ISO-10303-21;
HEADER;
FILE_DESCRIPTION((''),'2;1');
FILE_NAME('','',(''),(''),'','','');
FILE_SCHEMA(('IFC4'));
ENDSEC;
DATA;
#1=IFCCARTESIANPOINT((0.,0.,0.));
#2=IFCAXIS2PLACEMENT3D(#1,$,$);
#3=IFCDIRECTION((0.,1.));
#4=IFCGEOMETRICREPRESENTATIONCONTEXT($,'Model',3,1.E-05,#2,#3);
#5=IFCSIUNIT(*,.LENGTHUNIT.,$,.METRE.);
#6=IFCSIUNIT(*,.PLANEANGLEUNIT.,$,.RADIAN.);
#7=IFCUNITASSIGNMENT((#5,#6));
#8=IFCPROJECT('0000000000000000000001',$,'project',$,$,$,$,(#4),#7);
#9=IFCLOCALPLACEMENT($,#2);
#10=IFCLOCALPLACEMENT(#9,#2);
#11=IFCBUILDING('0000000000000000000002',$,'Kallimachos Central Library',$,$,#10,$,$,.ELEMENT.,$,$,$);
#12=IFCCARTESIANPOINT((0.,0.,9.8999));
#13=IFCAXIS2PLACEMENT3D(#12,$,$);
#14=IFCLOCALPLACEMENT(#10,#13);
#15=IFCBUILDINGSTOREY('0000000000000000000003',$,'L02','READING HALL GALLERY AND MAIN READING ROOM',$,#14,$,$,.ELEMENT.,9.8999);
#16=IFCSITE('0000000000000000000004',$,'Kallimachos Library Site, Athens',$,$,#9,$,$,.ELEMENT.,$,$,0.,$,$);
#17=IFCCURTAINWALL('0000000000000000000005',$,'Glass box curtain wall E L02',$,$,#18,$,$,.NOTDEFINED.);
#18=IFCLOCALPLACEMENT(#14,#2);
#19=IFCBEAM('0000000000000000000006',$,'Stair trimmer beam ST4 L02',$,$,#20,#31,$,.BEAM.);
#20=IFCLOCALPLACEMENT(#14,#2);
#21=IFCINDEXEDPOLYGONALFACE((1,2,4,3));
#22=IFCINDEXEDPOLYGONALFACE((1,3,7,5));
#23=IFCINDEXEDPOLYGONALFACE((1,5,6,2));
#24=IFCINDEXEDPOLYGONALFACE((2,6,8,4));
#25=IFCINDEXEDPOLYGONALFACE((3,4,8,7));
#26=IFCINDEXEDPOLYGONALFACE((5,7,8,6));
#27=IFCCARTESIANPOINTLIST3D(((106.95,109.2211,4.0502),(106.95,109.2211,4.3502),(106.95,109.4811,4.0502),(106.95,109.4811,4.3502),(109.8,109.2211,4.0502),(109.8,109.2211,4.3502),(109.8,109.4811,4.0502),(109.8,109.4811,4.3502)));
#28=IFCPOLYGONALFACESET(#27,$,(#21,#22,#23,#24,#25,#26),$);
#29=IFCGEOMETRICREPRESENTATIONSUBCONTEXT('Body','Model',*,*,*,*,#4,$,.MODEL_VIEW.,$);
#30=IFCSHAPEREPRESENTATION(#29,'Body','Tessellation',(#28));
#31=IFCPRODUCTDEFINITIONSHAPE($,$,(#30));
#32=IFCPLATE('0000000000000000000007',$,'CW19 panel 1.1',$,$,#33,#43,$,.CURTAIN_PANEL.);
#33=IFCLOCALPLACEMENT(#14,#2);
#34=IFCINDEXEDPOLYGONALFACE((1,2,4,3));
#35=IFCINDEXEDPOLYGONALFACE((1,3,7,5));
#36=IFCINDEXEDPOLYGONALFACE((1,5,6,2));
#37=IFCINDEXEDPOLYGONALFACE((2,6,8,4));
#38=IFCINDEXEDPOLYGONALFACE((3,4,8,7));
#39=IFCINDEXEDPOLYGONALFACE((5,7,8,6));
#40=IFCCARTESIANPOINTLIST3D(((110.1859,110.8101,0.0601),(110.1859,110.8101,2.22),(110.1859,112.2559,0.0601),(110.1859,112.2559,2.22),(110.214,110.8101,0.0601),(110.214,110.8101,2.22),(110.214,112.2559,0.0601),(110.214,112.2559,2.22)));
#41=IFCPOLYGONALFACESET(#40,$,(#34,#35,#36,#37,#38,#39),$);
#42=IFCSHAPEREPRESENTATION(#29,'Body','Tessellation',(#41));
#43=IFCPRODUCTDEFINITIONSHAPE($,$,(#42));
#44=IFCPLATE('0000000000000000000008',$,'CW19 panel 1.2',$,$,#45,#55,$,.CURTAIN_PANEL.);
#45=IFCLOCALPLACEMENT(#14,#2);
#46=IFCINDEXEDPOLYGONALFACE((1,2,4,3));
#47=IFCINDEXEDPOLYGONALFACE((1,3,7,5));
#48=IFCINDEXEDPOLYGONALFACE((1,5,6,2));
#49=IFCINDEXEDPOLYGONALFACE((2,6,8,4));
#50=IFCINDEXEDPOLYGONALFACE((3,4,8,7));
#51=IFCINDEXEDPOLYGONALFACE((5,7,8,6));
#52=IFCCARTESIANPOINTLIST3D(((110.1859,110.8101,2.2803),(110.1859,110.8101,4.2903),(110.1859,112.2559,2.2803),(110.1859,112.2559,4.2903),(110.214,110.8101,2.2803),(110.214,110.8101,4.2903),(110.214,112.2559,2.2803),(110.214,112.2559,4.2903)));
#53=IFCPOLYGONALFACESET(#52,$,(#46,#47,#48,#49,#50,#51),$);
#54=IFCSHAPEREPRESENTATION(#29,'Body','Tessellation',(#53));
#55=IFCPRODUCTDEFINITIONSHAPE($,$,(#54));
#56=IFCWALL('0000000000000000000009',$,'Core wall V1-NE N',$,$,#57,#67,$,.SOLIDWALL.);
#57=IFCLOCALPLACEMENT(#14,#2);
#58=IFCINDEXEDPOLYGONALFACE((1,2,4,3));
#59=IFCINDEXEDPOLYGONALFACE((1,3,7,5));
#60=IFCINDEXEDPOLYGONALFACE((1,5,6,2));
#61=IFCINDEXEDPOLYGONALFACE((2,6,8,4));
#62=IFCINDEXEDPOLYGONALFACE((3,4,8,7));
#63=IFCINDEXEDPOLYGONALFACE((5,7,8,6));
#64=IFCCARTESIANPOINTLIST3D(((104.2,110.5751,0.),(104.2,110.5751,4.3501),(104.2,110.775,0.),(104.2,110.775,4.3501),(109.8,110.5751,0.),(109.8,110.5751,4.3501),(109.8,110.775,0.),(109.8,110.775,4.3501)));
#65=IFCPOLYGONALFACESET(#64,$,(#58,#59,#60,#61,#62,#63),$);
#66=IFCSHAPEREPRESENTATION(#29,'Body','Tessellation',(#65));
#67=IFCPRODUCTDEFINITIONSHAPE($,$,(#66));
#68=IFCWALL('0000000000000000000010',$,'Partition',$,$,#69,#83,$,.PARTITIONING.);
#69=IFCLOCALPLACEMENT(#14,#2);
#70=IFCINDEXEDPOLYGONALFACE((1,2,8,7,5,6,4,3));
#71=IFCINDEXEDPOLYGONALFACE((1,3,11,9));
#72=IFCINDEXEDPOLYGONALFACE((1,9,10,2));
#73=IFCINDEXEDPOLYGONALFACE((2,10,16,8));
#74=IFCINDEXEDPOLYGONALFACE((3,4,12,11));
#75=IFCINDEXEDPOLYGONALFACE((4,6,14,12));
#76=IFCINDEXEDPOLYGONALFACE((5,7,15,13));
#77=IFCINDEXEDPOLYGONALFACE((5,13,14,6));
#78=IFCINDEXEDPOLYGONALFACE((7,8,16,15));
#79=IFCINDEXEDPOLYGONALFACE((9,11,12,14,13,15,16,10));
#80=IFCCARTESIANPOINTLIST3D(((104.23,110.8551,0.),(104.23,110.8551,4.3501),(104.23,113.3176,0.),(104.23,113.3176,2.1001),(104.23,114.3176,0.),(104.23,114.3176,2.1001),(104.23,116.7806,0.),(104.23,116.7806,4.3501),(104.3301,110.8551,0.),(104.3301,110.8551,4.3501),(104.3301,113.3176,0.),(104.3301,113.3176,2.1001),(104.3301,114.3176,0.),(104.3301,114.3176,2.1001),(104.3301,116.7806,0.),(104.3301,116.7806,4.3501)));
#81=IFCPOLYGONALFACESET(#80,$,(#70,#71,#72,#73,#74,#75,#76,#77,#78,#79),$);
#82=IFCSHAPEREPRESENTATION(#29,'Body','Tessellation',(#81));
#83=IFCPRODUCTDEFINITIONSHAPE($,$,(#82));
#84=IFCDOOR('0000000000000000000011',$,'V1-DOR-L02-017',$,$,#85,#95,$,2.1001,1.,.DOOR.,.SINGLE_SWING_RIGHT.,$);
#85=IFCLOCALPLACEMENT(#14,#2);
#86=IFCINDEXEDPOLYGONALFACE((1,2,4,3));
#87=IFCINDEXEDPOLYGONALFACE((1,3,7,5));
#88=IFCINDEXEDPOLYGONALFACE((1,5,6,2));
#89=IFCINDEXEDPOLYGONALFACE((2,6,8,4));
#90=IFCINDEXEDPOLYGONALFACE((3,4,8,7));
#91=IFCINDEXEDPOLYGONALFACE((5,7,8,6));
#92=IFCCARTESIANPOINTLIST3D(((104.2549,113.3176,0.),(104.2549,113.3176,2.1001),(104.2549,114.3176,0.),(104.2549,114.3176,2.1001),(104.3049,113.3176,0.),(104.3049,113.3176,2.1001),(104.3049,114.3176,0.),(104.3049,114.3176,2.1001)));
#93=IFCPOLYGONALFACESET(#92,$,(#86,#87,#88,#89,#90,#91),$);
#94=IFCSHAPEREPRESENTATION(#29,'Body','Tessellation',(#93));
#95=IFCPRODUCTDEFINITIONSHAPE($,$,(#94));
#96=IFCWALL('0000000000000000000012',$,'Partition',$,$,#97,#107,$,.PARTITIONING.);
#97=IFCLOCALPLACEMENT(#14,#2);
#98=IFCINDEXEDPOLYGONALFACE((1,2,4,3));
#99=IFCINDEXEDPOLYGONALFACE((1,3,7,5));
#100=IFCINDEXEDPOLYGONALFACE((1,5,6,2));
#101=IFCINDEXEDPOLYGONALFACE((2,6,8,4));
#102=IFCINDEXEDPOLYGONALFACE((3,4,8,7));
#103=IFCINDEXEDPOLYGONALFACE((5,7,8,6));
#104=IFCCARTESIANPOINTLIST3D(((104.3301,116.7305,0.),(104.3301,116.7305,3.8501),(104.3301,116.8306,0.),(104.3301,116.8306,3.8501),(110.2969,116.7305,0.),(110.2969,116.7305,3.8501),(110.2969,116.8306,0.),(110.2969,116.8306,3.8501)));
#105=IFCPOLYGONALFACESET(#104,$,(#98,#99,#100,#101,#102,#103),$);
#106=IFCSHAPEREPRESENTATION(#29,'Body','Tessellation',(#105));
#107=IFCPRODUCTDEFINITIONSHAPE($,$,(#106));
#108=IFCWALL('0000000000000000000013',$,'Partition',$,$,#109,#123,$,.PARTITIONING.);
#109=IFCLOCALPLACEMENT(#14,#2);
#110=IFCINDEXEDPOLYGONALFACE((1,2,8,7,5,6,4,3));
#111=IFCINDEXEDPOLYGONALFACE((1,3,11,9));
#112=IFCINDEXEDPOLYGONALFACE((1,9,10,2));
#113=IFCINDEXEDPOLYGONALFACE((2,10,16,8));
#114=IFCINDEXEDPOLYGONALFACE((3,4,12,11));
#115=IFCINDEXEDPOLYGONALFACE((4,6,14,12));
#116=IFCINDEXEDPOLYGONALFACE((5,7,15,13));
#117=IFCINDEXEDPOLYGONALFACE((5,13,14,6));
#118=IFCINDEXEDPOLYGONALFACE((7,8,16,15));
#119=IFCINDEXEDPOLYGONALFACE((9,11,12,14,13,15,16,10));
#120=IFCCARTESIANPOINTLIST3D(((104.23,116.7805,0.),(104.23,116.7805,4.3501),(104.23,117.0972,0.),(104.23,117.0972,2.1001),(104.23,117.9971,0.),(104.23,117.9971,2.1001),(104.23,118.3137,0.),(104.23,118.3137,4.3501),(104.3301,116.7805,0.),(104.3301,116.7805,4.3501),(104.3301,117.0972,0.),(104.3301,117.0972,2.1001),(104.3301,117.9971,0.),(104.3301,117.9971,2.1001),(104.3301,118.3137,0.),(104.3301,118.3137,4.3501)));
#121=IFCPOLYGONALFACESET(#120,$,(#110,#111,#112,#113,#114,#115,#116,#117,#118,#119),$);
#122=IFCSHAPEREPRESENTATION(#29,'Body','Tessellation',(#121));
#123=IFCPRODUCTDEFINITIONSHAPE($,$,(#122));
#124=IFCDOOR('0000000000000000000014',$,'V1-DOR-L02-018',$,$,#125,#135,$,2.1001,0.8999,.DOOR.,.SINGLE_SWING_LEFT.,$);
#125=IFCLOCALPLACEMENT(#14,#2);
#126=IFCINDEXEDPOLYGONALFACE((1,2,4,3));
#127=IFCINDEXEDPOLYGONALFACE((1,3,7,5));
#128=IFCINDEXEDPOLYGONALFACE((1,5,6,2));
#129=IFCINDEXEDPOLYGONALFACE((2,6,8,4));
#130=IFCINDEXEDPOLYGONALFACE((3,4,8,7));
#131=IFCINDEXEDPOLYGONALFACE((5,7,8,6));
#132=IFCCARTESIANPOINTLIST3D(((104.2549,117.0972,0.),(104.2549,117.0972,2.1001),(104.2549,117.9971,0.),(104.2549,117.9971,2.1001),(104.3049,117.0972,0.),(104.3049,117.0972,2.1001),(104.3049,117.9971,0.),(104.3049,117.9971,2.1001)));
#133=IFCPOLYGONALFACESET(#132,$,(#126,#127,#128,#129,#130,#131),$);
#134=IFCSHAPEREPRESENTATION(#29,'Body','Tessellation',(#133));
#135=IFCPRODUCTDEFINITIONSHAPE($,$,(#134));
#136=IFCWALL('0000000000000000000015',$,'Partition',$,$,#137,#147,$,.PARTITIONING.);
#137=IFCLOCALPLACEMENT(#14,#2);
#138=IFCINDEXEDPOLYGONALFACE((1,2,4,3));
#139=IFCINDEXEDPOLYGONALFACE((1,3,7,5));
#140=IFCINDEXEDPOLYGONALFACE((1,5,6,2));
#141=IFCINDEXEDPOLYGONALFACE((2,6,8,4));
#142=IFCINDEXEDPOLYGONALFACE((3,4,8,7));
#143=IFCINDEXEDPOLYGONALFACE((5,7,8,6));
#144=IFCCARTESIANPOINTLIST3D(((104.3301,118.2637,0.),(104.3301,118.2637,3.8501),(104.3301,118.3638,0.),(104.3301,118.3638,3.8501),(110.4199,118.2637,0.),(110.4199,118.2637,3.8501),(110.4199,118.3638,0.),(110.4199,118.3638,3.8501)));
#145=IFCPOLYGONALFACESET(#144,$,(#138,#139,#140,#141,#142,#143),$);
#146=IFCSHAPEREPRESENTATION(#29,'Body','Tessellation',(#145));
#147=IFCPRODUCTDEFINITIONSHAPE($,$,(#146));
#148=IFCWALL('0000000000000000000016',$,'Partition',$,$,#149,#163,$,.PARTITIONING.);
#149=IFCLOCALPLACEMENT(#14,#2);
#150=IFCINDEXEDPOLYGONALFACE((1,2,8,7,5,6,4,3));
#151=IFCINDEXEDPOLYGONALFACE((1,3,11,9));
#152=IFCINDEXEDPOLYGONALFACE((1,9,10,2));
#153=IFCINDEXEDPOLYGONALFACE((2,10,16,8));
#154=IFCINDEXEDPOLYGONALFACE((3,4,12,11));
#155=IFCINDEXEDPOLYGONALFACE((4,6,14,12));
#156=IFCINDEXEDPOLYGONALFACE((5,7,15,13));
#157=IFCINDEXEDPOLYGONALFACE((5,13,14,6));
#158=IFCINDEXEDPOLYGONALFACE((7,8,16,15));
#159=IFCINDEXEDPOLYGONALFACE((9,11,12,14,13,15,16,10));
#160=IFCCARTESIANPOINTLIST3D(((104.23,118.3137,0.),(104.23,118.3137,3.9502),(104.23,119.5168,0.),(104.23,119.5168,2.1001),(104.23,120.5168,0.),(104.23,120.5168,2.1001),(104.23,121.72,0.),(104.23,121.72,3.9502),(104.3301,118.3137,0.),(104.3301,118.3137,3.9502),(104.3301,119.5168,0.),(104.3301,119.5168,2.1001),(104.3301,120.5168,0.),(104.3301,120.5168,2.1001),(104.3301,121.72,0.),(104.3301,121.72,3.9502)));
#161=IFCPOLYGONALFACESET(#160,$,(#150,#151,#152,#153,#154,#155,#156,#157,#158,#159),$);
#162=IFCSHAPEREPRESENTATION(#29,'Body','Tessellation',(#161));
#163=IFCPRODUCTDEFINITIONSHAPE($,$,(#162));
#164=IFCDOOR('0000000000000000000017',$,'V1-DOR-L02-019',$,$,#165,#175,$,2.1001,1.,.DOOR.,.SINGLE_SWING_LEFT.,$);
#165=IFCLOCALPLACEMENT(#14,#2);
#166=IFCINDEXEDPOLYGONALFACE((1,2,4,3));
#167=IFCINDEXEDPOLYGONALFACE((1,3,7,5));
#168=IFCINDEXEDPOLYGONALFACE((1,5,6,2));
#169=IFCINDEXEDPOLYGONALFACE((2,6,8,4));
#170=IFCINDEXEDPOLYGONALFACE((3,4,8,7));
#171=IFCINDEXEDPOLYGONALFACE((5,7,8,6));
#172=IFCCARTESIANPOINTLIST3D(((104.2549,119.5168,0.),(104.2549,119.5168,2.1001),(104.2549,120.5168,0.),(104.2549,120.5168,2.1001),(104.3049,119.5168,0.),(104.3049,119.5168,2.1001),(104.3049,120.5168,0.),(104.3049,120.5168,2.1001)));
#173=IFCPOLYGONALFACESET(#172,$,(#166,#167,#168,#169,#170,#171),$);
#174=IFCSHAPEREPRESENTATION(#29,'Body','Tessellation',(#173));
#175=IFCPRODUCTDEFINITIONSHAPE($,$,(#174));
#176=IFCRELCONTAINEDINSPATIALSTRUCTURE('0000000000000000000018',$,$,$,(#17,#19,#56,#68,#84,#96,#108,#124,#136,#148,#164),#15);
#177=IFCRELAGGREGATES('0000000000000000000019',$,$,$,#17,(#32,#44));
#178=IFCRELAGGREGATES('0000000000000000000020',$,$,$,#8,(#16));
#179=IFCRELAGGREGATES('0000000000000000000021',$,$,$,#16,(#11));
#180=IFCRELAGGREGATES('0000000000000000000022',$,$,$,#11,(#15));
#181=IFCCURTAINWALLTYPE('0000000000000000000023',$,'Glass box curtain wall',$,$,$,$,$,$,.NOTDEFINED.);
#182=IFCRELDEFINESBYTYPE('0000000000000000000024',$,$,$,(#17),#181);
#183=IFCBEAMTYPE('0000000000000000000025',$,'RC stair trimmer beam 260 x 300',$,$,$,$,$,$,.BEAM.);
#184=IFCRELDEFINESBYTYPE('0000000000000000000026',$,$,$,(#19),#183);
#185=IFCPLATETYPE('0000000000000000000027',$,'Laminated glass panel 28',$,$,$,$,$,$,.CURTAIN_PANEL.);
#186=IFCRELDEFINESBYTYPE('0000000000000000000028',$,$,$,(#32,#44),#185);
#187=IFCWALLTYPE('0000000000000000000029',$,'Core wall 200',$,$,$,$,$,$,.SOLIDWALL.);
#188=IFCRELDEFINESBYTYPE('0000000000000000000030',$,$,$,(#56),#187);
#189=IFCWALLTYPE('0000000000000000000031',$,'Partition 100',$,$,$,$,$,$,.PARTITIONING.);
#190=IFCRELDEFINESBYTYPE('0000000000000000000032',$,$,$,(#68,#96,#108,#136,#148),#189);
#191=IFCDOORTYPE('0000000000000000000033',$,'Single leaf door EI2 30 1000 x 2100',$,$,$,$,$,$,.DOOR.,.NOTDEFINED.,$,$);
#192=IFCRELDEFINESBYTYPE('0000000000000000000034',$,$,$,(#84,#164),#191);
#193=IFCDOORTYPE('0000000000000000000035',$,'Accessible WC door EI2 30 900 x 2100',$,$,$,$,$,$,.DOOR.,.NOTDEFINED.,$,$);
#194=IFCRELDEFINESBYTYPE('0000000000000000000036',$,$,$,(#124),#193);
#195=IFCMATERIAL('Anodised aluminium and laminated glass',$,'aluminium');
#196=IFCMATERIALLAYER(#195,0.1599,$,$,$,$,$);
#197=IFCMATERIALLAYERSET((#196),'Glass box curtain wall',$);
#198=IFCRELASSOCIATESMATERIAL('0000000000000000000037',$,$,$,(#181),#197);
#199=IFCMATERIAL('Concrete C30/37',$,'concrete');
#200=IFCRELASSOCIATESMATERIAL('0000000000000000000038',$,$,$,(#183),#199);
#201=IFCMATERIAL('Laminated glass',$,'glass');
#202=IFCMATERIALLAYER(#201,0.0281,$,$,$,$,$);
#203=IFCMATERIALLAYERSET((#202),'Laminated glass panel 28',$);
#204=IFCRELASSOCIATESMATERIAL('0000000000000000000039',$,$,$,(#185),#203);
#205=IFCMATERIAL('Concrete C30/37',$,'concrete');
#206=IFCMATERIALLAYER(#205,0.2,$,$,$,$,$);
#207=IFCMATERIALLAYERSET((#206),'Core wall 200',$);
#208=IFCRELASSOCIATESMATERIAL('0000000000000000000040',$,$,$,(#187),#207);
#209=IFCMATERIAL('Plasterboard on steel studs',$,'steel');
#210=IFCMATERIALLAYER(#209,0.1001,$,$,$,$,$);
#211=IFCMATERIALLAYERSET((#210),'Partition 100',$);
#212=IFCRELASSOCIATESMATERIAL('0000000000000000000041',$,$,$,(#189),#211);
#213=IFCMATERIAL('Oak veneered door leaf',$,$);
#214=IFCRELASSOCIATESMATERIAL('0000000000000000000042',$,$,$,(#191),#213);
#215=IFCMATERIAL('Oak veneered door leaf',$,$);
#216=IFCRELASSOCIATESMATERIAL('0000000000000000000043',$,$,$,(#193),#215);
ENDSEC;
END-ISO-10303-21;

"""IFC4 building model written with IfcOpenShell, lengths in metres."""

from ifc_helpers import new_model, si_unit, direction, frame, frame_2d, origin, origin_2d, place, context, subcontext, project, spatial, rectangle, extrude, material, layer, layer_set, material_profile, profile_set, type_object, element, fill, aggregate, save


model = new_model("IFC4")

# Units and contexts
model_context = context("Model", 3, precision=1e-05, world=origin(), true_north=direction((0.0, 1.0)))
body_context = subcontext(model_context, "Body", "Model", "MODEL_VIEW")
ifc_project = project(units=[si_unit("LENGTHUNIT", "METRE"), si_unit("PLANEANGLEUNIT", "RADIAN")], contexts=[model_context])

# Site, building, storey
site_placement = place(None, origin())
site = spatial("IfcSite", under=ifc_project, at=site_placement, Name="Kallimachos Library Site, Athens", CompositionType="ELEMENT", RefElevation=0.0)
building_placement = place(site_placement, origin())
building = spatial("IfcBuilding", under=site, at=building_placement, Name="Kallimachos Central Library", CompositionType="ELEMENT")
storey_placement = place(building_placement, frame((0.0, 0.0, 9.8999)))
storey = spatial("IfcBuildingStorey", under=building, at=storey_placement, Name="L02", Description="READING HALL GALLERY AND MAIN READING ROOM", CompositionType="ELEMENT", Elevation=9.8999)

# Curtain wall
ifc_material_1 = material(Name="Anodised aluminium and laminated glass", Category="aluminium")
ifc_layer_1 = layer(ifc_material_1, 0.1599)
ifc_layer_set_1 = layer_set([ifc_layer_1], Name="Glass box curtain wall")
curtain_wall_type = type_object("IfcCurtainWallType", Name="Glass box curtain wall", PredefinedType="NOTDEFINED", material=ifc_layer_set_1)
curtain_wall_placement = place(storey_placement, origin())
curtain_wall = element("IfcCurtainWall", 1, at=curtain_wall_placement, inside=storey, type_object=curtain_wall_type, Name="Glass box curtain wall E L02", PredefinedType="NOTDEFINED")

# Beam
ifc_material_2 = material(Name="Concrete C30/37", Category="concrete")
ifc_material_profile_1 = material_profile(ifc_material_2, rectangle(XDim=0.26, YDim=0.3, at=origin_2d()), Name="RC stair trimmer beam 260 x 300")
ifc_profile_set_1 = profile_set([ifc_material_profile_1], Name="Concrete C30/37")
beam_type_1 = type_object("IfcBeamType", Name="RC stair trimmer beam 260 x 300", PredefinedType="BEAM", material=ifc_profile_set_1)
beam_1_placement = place(storey_placement, frame((106.95, 109.3511, 4.2002), z_axis=(1.0, 0.0, 0.0), x_axis=(0.0, 1.0, 0.0)))
element("IfcBeam", 2, at=beam_1_placement, inside=storey, type_object=beam_type_1, Name="Stair trimmer beam ST4 L02", PredefinedType="BEAM", context=body_context, shape_type="SweptSolid", body=[
    extrude(rectangle(XDim=0.26, YDim=0.3, at=origin_2d()), origin(), (0.0, 0.0, 1.0), 2.8501),
])

# Plates
ifc_material_3 = material(Name="Laminated glass", Category="glass")
ifc_layer_2 = layer(ifc_material_3, 0.0281)
ifc_layer_set_2 = layer_set([ifc_layer_2], Name="Laminated glass panel 28")
plate_type = type_object("IfcPlateType", Name="Laminated glass panel 28", PredefinedType="CURTAIN_PANEL", material=ifc_layer_set_2)
plate_1_placement = place(storey_placement, frame((110.2, 111.533, 0.0601), z_axis=(0.0, 0.0, 1.0), x_axis=(0.0, 1.0, 0.0)))
plate_1 = element("IfcPlate", 3, at=plate_1_placement, type_object=plate_type, Name="CW19 panel 1.1", PredefinedType="CURTAIN_PANEL", context=body_context, shape_type="SweptSolid", body=[
    extrude(rectangle(XDim=1.4458, YDim=0.0281, at=origin_2d()), origin(), (0.0, 0.0, 1.0), 2.1599),
])
plate_2_placement = place(storey_placement, frame((110.2, 111.533, 2.2803), z_axis=(0.0, 0.0, 1.0), x_axis=(0.0, 1.0, 0.0)))
plate_2 = element("IfcPlate", 4, at=plate_2_placement, type_object=plate_type, Name="CW19 panel 1.2", PredefinedType="CURTAIN_PANEL", context=body_context, shape_type="SweptSolid", body=[
    extrude(rectangle(XDim=1.4458, YDim=0.0281, at=origin_2d()), origin(), (0.0, 0.0, 1.0), 2.01),
])
aggregate(curtain_wall, [plate_1, plate_2])

# Wall
ifc_material_4 = material(Name="Concrete C30/37", Category="concrete")
ifc_layer_3 = layer(ifc_material_4, 0.2)
ifc_layer_set_3 = layer_set([ifc_layer_3], Name="Core wall 200")
wall_type_1 = type_object("IfcWallType", Name="Core wall 200", PredefinedType="SOLIDWALL", material=ifc_layer_set_3)
wall_1_placement = place(storey_placement, frame((104.2, 110.675, 0.0), z_axis=(0.0, 0.0, 1.0), x_axis=(1.0, 0.0, 0.0)))
element("IfcWall", 5, at=wall_1_placement, inside=storey, type_object=wall_type_1, Name="Core wall V1-NE N", PredefinedType="SOLIDWALL", context=body_context, shape_type="SweptSolid", body=[
    extrude(rectangle(XDim=5.6001, YDim=0.2, at=frame_2d((2.8, 0.0))), origin(), (0.0, 0.0, 1.0), 4.3501),
])

# Wall, opening, door
ifc_material_5 = material(Name="Plasterboard on steel studs", Category="steel")
ifc_layer_4 = layer(ifc_material_5, 0.1001)
ifc_layer_set_4 = layer_set([ifc_layer_4], Name="Partition 100")
wall_type_2 = type_object("IfcWallType", Name="Partition 100", PredefinedType="PARTITIONING", material=ifc_layer_set_4)
wall_2_placement = place(storey_placement, frame((104.28, 110.855, 0.0), z_axis=(0.0, 0.0, 1.0), x_axis=(0.0, 1.0, 0.0)))
wall_2 = element("IfcWall", 6, at=wall_2_placement, inside=storey, type_object=wall_type_2, Name="Partition", PredefinedType="PARTITIONING", context=body_context, shape_type="SweptSolid", body=[
    extrude(rectangle(XDim=5.9255, YDim=0.1001, at=frame_2d((2.9629, 0.0))), origin(), (0.0, 0.0, 1.0), 4.3501),
])
opening_1_placement = place(wall_2_placement, frame((2.4626, 0.0, 0.0)))
opening_1 = element("IfcOpeningElement", 7, at=opening_1_placement, cuts=wall_2, PredefinedType="OPENING", context=body_context, shape_type="SweptSolid", body=[
    extrude(rectangle(XDim=1.0, YDim=2.1001, at=frame_2d((0.5, 1.05))), frame((0.0, 0.0601, 0.0), z_axis=(0.0, -1.0, 0.0), x_axis=(1.0, 0.0, 0.0)), (0.0, 0.0, 1.0), 0.1201),
])
ifc_material_6 = material(Name="Oak veneered door leaf")
door_type_1 = type_object("IfcDoorType", Name="Single leaf door EI2 30 1000 x 2100", OperationType="NOTDEFINED", PredefinedType="DOOR", material=ifc_material_6)
door_1_placement = place(opening_1_placement, frame((1.0, 0.0, 0.0), z_axis=(0.0, 0.0, 1.0), x_axis=(-1.0, 0.0, 0.0)))
door_1 = element("IfcDoor", 8, at=door_1_placement, inside=storey, type_object=door_type_1, Name="V1-DOR-L02-017", OperationType="SINGLE_SWING_RIGHT", OverallHeight=2.1001, OverallWidth=1.0, PredefinedType="DOOR", context=body_context, shape_type="SweptSolid", body=[
    extrude(rectangle(XDim=1.0, YDim=2.1001, at=frame_2d((0.5, 1.05))), frame((0.0, 0.0249, 0.0), z_axis=(0.0, -1.0, 0.0), x_axis=(1.0, 0.0, 0.0)), (0.0, 0.0, 1.0), 0.05),
])
fill(opening_1, door_1)

# Wall
wall_3_placement = place(storey_placement, frame((104.3301, 116.7805, 0.0), z_axis=(0.0, 0.0, 1.0), x_axis=(1.0, 0.0, 0.0)))
element("IfcWall", 9, at=wall_3_placement, inside=storey, type_object=wall_type_2, Name="Partition", PredefinedType="PARTITIONING", context=body_context, shape_type="SweptSolid", body=[
    extrude(rectangle(XDim=5.9668, YDim=0.1001, at=frame_2d((2.9834, 0.0))), origin(), (0.0, 0.0, 1.0), 3.8501),
])

# Wall, opening, door
wall_4_placement = place(storey_placement, frame((104.28, 116.7805, 0.0), z_axis=(0.0, 0.0, 1.0), x_axis=(0.0, 1.0, 0.0)))
wall_4 = element("IfcWall", 10, at=wall_4_placement, inside=storey, type_object=wall_type_2, Name="Partition", PredefinedType="PARTITIONING", context=body_context, shape_type="SweptSolid", body=[
    extrude(rectangle(XDim=1.5332, YDim=0.1001, at=frame_2d((0.7666, 0.0))), origin(), (0.0, 0.0, 1.0), 4.3501),
])
opening_2_placement = place(wall_4_placement, frame((0.3167, 0.0, 0.0)))
opening_2 = element("IfcOpeningElement", 11, at=opening_2_placement, cuts=wall_4, PredefinedType="OPENING", context=body_context, shape_type="SweptSolid", body=[
    extrude(rectangle(XDim=0.8999, YDim=2.1001, at=frame_2d((0.45, 1.05))), frame((0.0, 0.0601, 0.0), z_axis=(0.0, -1.0, 0.0), x_axis=(1.0, 0.0, 0.0)), (0.0, 0.0, 1.0), 0.1201),
])
ifc_material_7 = material(Name="Oak veneered door leaf")
door_type_2 = type_object("IfcDoorType", Name="Accessible WC door EI2 30 900 x 2100", OperationType="NOTDEFINED", PredefinedType="DOOR", material=ifc_material_7)
door_2_placement = place(opening_2_placement, frame((0.8999, 0.0, 0.0), z_axis=(0.0, 0.0, 1.0), x_axis=(-1.0, 0.0, 0.0)))
door_2 = element("IfcDoor", 12, at=door_2_placement, inside=storey, type_object=door_type_2, Name="V1-DOR-L02-018", OperationType="SINGLE_SWING_LEFT", OverallHeight=2.1001, OverallWidth=0.8999, PredefinedType="DOOR", context=body_context, shape_type="SweptSolid", body=[
    extrude(rectangle(XDim=0.8999, YDim=2.1001, at=frame_2d((0.45, 1.05))), frame((0.0, 0.0249, 0.0), z_axis=(0.0, -1.0, 0.0), x_axis=(1.0, 0.0, 0.0)), (0.0, 0.0, 1.0), 0.05),
])
fill(opening_2, door_2)

# Wall
wall_5_placement = place(storey_placement, frame((104.3301, 118.3137, 0.0), z_axis=(0.0, 0.0, 1.0), x_axis=(1.0, 0.0, 0.0)))
element("IfcWall", 13, at=wall_5_placement, inside=storey, type_object=wall_type_2, Name="Partition", PredefinedType="PARTITIONING", context=body_context, shape_type="SweptSolid", body=[
    extrude(rectangle(XDim=6.0898, YDim=0.1001, at=frame_2d((3.0449, 0.0))), origin(), (0.0, 0.0, 1.0), 3.8501),
])

# Wall, opening, door
wall_6_placement = place(storey_placement, frame((104.28, 118.3137, 0.0), z_axis=(0.0, 0.0, 1.0), x_axis=(0.0, 1.0, 0.0)))
wall_6 = element("IfcWall", 14, at=wall_6_placement, inside=storey, type_object=wall_type_2, Name="Partition", PredefinedType="PARTITIONING", context=body_context, shape_type="SweptSolid", body=[
    extrude(rectangle(XDim=3.4062, YDim=0.1001, at=frame_2d((1.7031, 0.0))), origin(), (0.0, 0.0, 1.0), 3.9502),
])
opening_3_placement = place(wall_6_placement, frame((1.2031, 0.0, 0.0)))
opening_3 = element("IfcOpeningElement", 15, at=opening_3_placement, cuts=wall_6, PredefinedType="OPENING", context=body_context, shape_type="SweptSolid", body=[
    extrude(rectangle(XDim=1.0, YDim=2.1001, at=frame_2d((0.5, 1.05))), frame((0.0, 0.0601, 0.0), z_axis=(0.0, -1.0, 0.0), x_axis=(1.0, 0.0, 0.0)), (0.0, 0.0, 1.0), 0.1201),
])
door_3_placement = place(opening_3_placement, frame((1.0, 0.0, 0.0), z_axis=(0.0, 0.0, 1.0), x_axis=(-1.0, 0.0, 0.0)))
door_3 = element("IfcDoor", 16, at=door_3_placement, inside=storey, type_object=door_type_1, Name="V1-DOR-L02-019", OperationType="SINGLE_SWING_LEFT", OverallHeight=2.1001, OverallWidth=1.0, PredefinedType="DOOR", context=body_context, shape_type="SweptSolid", body=[
    extrude(rectangle(XDim=1.0, YDim=2.1001, at=frame_2d((0.5, 1.05))), frame((0.0, 0.0249, 0.0), z_axis=(0.0, -1.0, 0.0), x_axis=(1.0, 0.0, 0.0)), (0.0, 0.0, 1.0), 0.05),
])
fill(opening_3, door_3)

save(model, "model.ifc")
